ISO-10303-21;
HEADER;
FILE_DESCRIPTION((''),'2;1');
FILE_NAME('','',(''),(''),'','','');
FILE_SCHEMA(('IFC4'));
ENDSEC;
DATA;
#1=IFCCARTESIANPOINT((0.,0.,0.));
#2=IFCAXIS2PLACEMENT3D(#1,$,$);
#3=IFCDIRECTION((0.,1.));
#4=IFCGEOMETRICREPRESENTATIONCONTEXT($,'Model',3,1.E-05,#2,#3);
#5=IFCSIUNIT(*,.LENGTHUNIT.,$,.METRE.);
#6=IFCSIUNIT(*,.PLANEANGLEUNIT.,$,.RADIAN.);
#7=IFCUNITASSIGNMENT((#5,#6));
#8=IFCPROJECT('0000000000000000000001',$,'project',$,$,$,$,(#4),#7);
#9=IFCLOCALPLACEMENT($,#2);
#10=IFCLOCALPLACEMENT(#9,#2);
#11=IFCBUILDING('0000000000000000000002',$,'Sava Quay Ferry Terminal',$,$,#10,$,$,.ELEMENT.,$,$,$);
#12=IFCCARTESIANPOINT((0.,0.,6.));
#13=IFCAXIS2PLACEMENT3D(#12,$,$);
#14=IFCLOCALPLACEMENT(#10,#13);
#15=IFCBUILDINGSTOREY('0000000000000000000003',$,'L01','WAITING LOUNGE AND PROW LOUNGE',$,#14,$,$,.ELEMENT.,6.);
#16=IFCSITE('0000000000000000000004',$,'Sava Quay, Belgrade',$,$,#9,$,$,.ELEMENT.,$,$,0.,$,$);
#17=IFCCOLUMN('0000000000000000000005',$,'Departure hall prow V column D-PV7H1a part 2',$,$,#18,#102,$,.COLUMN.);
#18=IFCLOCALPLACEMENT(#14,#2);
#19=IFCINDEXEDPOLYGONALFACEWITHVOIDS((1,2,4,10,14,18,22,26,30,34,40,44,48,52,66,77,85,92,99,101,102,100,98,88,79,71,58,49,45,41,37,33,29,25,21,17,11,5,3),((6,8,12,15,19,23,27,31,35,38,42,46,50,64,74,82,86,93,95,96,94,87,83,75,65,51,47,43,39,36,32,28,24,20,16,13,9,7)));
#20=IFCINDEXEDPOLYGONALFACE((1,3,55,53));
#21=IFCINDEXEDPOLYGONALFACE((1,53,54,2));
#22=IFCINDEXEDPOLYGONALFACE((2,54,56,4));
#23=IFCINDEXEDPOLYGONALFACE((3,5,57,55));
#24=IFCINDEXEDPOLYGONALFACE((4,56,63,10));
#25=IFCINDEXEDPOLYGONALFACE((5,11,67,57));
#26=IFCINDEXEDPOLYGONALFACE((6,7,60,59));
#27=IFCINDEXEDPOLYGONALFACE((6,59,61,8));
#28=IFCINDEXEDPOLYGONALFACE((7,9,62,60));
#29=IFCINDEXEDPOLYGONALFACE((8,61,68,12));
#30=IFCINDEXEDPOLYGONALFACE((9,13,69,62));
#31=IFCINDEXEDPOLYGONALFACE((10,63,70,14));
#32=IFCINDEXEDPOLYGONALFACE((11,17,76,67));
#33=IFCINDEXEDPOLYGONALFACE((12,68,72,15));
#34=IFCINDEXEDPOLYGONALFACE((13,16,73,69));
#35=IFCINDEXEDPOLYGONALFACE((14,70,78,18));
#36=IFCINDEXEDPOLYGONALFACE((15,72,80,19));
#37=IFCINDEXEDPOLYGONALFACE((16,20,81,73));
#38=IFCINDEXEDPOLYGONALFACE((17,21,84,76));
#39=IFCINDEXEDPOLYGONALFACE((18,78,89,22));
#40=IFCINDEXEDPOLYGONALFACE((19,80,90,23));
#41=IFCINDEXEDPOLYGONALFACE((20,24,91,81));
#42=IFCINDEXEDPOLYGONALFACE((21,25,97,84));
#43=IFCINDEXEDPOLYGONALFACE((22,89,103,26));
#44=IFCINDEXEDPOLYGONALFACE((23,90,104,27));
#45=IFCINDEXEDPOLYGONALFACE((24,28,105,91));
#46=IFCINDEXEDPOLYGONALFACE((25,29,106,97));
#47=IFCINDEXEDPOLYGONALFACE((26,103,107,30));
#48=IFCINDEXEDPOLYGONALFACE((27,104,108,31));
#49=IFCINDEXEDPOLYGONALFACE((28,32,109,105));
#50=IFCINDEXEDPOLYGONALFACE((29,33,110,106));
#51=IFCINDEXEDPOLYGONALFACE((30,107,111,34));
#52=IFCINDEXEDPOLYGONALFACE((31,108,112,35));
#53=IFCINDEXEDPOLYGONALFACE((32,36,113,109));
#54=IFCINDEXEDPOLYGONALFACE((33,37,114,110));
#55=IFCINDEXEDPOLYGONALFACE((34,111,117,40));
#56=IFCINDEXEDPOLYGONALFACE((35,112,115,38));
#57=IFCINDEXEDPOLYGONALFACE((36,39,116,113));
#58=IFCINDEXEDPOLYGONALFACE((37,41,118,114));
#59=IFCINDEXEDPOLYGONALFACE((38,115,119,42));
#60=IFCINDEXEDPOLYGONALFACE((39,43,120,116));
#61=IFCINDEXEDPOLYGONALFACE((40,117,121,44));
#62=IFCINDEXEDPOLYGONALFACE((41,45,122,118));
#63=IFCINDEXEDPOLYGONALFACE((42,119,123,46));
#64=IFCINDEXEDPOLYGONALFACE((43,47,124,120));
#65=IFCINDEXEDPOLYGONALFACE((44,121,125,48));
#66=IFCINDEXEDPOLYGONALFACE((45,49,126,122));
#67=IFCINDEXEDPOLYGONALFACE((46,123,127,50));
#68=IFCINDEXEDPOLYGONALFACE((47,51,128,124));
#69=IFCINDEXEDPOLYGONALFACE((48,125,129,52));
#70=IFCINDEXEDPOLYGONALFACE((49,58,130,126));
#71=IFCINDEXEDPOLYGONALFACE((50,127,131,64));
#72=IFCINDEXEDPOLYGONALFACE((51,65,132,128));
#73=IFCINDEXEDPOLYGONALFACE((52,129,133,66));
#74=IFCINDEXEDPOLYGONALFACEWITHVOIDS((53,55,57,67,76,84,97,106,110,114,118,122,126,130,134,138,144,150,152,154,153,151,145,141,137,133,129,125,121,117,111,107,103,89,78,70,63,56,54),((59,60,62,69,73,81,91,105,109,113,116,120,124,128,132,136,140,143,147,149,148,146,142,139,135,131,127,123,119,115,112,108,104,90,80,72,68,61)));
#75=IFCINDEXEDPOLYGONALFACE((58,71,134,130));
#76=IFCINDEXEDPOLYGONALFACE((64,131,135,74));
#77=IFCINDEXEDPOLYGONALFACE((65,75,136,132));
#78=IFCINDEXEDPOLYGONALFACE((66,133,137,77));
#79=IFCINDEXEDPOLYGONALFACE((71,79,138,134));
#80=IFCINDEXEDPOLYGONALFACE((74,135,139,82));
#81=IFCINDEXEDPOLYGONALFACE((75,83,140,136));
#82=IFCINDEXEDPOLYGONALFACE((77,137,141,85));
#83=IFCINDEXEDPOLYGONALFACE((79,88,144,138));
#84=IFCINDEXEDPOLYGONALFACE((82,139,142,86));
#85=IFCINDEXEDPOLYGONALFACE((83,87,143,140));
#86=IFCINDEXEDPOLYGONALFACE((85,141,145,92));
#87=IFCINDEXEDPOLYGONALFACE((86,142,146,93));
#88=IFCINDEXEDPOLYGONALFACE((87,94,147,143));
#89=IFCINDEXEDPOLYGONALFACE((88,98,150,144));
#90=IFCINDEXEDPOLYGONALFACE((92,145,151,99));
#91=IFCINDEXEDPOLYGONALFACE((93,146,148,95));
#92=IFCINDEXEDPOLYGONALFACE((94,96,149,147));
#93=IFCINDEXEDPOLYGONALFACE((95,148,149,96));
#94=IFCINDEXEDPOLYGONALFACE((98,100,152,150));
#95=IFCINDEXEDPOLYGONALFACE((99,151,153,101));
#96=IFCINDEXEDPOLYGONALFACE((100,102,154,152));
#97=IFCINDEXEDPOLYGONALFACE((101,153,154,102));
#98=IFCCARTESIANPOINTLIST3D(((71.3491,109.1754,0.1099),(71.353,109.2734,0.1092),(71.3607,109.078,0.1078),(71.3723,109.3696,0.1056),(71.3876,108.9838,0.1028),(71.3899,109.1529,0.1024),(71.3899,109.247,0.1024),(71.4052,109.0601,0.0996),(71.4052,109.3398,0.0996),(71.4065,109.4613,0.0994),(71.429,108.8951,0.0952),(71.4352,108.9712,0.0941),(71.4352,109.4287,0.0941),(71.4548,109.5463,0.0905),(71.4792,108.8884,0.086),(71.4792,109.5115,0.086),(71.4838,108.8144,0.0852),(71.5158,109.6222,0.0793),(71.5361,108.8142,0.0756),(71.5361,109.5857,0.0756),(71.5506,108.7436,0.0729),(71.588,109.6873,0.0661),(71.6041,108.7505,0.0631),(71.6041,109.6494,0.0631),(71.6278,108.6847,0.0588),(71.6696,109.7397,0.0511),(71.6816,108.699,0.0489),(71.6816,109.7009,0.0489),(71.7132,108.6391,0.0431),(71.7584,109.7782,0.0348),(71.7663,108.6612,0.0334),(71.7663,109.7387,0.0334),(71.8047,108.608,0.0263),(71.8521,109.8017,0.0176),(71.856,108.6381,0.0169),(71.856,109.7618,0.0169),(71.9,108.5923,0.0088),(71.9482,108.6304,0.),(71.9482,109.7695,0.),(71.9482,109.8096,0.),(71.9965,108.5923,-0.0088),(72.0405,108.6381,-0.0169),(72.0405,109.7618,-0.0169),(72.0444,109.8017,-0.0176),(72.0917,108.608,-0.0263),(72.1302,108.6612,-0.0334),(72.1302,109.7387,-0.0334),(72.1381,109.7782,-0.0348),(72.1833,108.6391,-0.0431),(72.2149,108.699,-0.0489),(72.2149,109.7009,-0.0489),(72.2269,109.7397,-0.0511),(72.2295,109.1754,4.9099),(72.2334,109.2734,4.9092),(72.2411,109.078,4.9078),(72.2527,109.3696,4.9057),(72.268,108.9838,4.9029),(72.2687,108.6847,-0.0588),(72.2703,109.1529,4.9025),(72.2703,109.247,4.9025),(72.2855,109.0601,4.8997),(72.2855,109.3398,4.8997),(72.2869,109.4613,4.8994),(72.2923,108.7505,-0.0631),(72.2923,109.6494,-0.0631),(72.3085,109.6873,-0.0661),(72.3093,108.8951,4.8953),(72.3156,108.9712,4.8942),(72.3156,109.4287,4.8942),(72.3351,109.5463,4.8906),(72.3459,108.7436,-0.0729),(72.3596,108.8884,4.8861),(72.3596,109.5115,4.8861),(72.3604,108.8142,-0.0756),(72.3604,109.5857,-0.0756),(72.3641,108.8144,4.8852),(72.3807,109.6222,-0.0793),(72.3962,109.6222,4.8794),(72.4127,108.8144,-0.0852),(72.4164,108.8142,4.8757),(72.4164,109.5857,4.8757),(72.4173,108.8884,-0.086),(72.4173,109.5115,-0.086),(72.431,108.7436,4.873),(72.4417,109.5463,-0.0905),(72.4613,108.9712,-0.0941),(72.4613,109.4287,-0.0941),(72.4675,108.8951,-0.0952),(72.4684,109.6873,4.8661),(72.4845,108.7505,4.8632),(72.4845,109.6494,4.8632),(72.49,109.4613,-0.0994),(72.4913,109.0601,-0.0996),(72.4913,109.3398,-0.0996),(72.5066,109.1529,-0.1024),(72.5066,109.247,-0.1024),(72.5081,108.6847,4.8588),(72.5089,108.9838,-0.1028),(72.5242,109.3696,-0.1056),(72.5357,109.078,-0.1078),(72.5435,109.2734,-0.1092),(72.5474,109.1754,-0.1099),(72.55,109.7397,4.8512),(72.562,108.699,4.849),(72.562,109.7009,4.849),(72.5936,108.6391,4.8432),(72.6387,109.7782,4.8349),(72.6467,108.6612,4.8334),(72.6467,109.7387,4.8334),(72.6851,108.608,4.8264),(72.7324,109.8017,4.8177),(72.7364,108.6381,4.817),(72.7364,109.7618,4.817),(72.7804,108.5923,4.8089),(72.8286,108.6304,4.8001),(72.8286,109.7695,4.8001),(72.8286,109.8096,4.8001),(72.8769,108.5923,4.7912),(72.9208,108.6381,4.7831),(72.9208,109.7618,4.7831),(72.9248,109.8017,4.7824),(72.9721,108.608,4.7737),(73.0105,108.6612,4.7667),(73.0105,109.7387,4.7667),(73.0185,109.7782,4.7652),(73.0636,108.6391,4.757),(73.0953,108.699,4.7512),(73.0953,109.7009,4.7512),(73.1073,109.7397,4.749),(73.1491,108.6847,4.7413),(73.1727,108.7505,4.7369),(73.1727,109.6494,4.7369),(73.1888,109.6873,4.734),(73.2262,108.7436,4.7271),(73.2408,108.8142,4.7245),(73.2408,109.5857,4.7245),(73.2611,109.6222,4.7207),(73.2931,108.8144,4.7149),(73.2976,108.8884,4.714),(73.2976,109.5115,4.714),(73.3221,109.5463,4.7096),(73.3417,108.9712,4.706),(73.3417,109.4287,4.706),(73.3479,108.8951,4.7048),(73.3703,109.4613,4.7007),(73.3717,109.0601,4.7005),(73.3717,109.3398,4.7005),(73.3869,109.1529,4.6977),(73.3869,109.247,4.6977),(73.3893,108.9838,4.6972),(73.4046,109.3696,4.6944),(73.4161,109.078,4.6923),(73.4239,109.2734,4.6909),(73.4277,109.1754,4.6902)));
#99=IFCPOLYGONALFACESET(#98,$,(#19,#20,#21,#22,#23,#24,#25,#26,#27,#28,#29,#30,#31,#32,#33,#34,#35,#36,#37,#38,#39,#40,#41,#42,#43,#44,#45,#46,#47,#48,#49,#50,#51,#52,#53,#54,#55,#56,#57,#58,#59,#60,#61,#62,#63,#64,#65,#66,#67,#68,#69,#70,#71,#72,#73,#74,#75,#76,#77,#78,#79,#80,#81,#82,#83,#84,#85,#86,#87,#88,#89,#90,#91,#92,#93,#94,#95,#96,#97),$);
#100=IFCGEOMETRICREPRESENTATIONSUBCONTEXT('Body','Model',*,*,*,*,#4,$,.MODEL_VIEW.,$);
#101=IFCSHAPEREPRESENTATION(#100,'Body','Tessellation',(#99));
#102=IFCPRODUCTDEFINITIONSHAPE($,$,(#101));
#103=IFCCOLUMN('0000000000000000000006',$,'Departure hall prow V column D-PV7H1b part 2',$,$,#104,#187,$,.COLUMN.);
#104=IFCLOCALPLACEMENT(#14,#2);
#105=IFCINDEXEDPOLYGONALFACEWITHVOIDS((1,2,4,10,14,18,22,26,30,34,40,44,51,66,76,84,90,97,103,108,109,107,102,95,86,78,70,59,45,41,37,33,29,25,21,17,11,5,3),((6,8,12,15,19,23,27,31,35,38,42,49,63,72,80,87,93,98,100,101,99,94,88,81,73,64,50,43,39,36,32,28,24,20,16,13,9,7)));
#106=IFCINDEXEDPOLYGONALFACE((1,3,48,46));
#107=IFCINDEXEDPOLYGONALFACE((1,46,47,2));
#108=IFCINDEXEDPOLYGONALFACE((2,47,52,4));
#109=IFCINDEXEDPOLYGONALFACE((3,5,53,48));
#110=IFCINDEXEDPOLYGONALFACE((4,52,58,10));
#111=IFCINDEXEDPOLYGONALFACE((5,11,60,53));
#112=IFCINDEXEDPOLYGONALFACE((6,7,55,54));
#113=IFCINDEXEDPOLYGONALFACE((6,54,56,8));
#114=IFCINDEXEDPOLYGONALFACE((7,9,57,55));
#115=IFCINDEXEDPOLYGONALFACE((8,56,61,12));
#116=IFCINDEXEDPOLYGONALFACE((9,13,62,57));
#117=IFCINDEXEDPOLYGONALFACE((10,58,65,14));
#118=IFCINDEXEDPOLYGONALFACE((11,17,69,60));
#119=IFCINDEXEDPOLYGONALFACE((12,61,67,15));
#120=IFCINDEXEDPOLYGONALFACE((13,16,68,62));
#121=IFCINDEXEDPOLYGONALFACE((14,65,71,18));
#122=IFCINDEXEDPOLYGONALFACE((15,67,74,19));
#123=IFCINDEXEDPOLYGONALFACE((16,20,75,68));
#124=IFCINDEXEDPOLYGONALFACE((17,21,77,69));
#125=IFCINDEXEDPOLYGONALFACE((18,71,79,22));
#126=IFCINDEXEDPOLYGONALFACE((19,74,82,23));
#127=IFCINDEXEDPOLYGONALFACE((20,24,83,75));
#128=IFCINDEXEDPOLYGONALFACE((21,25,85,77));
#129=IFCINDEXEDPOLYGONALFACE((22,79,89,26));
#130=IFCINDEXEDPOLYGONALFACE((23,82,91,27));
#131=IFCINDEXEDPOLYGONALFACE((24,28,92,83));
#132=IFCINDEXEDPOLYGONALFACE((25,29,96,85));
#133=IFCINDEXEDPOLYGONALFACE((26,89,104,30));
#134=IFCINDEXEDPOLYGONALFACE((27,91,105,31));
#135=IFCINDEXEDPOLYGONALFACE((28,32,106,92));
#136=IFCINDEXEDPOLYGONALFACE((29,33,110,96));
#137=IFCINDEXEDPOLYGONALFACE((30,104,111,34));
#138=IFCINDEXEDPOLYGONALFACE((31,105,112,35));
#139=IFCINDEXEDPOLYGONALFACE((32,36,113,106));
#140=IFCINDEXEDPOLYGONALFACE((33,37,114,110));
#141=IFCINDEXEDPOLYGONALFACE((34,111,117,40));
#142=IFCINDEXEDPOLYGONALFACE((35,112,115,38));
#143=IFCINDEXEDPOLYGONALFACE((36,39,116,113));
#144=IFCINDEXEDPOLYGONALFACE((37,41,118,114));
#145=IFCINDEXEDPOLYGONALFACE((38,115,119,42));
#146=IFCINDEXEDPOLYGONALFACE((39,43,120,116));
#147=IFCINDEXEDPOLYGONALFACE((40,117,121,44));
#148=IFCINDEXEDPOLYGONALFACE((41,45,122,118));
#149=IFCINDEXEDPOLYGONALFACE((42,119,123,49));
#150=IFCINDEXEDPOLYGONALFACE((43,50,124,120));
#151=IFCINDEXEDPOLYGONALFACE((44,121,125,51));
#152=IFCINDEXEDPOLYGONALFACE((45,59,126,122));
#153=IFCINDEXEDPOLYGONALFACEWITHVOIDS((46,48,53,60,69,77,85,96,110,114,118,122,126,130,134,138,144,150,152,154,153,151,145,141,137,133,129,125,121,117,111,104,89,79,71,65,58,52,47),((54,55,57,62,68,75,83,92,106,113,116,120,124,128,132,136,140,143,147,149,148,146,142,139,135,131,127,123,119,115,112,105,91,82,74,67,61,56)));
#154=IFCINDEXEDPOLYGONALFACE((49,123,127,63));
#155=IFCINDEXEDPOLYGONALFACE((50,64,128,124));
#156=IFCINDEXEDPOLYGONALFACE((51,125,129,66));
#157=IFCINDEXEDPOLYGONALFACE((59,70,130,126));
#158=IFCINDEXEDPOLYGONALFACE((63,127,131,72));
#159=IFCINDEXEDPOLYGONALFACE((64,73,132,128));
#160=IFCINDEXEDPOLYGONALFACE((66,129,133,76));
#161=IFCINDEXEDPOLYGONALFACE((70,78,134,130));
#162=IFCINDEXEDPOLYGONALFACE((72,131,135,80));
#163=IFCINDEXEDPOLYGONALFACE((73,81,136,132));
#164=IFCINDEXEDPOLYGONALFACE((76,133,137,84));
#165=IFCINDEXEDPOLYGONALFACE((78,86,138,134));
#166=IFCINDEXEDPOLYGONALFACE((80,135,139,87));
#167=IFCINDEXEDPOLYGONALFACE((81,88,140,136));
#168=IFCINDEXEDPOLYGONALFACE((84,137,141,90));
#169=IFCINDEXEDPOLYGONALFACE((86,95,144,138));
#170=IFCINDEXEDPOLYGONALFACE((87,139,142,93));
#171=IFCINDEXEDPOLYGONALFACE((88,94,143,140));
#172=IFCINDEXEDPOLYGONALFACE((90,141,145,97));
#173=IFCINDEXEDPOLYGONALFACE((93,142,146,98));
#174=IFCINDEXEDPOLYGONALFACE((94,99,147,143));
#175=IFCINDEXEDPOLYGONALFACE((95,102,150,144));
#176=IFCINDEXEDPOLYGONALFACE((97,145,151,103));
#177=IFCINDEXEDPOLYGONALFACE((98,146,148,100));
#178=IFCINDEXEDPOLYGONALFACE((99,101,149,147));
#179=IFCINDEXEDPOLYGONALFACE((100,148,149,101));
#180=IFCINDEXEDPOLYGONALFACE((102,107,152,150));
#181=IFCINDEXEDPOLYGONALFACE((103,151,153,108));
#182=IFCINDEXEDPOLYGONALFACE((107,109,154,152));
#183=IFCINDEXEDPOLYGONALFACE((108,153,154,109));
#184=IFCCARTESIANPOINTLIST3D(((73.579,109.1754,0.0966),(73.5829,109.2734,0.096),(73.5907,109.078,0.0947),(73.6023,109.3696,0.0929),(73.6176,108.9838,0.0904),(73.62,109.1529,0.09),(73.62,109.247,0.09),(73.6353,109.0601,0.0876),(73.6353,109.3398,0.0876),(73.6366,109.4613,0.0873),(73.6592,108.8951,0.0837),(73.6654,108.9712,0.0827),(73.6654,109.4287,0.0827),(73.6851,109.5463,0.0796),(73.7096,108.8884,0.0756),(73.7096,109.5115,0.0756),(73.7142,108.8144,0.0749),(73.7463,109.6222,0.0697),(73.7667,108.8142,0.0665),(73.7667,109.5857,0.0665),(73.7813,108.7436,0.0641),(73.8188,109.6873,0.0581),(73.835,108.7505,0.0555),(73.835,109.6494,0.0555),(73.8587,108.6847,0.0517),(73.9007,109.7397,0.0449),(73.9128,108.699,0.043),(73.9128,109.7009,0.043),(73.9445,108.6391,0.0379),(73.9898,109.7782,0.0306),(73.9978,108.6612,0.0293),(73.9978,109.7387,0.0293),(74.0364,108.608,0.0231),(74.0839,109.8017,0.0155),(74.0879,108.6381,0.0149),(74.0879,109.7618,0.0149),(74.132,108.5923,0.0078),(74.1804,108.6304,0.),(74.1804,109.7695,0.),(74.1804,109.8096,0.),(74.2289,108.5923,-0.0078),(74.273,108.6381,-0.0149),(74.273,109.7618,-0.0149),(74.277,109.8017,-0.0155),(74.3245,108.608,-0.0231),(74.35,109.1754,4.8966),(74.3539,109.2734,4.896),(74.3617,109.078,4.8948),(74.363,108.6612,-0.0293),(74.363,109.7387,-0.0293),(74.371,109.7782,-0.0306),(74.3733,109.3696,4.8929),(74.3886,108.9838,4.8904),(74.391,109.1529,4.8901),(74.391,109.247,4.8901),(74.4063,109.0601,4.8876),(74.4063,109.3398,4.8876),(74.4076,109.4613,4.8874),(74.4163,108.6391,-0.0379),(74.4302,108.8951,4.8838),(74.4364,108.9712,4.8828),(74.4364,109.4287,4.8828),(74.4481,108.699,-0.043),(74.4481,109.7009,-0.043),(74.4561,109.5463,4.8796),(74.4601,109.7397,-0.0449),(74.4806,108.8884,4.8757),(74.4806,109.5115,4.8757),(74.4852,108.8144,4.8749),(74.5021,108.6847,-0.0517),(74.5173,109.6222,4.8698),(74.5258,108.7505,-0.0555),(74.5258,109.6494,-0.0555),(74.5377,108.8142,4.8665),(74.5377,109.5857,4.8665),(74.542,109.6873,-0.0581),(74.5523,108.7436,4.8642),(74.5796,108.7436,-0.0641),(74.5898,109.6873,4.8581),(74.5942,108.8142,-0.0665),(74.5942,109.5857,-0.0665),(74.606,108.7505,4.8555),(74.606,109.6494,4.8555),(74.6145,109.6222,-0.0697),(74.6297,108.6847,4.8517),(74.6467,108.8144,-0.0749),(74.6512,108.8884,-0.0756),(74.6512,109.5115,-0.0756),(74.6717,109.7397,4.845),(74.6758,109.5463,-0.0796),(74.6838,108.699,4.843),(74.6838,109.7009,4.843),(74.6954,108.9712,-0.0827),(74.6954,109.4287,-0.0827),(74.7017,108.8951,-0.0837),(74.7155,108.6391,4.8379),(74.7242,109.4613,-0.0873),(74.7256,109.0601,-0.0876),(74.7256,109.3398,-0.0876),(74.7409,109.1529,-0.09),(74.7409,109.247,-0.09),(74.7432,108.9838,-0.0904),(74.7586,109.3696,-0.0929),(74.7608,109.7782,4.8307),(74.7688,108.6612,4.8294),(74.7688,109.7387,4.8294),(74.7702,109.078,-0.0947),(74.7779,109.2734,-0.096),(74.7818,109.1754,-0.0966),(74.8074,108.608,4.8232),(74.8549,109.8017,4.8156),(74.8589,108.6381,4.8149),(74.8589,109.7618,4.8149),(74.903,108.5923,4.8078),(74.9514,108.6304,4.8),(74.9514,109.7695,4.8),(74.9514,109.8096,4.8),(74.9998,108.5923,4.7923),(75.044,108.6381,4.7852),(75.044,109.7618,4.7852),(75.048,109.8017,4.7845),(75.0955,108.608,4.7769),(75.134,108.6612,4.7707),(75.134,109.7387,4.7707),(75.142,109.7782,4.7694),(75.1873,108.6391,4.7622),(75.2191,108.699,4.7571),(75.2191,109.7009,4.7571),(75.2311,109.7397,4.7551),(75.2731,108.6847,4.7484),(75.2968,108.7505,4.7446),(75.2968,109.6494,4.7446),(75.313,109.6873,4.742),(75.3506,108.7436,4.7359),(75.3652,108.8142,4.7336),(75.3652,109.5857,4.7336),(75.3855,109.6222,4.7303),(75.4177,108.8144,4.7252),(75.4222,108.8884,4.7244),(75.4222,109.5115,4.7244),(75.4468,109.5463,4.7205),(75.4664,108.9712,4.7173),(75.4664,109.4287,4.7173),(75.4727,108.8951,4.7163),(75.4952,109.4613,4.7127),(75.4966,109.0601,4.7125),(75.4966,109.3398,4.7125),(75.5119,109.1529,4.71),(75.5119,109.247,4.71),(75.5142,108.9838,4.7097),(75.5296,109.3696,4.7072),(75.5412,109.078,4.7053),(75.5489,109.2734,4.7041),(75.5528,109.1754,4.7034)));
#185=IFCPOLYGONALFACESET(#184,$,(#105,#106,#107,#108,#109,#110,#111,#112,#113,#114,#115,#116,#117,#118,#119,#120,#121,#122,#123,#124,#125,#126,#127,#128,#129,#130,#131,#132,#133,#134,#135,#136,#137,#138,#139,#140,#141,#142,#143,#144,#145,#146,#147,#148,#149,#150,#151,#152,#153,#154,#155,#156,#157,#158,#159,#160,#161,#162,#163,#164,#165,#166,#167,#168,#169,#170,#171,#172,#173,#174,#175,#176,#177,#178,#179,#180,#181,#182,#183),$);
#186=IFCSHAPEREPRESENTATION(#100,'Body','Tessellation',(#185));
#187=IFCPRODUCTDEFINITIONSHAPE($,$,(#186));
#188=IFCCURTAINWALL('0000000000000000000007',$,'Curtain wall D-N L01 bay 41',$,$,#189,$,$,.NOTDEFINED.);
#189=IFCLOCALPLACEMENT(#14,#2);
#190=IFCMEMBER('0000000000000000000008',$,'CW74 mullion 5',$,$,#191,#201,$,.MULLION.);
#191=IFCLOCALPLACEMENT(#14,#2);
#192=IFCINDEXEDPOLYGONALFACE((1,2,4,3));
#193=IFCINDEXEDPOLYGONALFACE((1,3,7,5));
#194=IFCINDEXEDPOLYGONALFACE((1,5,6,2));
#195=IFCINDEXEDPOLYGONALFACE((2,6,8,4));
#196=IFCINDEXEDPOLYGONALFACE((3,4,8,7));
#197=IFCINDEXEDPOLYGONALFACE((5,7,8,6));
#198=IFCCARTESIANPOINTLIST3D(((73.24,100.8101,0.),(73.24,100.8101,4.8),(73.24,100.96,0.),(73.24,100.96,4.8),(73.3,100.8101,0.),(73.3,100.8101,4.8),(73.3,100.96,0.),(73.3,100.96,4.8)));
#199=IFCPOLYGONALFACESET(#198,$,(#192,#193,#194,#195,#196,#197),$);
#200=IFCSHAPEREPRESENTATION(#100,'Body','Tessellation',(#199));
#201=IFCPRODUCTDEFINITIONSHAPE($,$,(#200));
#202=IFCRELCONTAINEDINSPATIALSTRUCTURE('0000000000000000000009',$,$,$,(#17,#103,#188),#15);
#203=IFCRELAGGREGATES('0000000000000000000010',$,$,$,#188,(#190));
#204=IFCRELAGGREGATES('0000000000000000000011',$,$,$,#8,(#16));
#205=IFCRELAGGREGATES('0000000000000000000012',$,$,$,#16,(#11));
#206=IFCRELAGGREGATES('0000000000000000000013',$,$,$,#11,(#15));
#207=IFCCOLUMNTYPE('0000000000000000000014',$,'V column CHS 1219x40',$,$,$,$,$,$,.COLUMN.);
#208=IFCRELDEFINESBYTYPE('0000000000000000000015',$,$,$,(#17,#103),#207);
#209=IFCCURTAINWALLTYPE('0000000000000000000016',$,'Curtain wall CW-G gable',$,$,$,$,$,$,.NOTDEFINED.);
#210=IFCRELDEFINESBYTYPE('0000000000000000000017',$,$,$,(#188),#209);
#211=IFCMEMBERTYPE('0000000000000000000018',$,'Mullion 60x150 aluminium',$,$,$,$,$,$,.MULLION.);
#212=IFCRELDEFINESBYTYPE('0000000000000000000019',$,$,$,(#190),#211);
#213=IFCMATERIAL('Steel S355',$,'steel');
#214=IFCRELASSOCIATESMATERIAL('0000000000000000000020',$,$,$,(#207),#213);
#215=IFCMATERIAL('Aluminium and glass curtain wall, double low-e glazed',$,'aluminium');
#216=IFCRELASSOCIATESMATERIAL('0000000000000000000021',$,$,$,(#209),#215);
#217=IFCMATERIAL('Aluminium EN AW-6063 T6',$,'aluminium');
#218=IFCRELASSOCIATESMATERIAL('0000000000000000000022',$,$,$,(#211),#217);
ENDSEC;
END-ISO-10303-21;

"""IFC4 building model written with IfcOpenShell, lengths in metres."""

from ifc_helpers import new_model, si_unit, direction, frame, origin, origin_2d, place, context, subcontext, project, spatial, rectangle, hollow_circle, extrude, material, material_profile, profile_set, type_object, element, aggregate, save


model = new_model("IFC4")

# Units and contexts
model_context = context("Model", 3, precision=1e-05, world=origin(), true_north=direction((0.0, 1.0)))
body_context = subcontext(model_context, "Body", "Model", "MODEL_VIEW")
ifc_project = project(units=[si_unit("LENGTHUNIT", "METRE"), si_unit("PLANEANGLEUNIT", "RADIAN")], contexts=[model_context])

# Site, building, storey
site_placement = place(None, origin())
site = spatial("IfcSite", under=ifc_project, at=site_placement, Name="Sava Quay, Belgrade", CompositionType="ELEMENT", RefElevation=0.0)
building_placement = place(site_placement, origin())
building = spatial("IfcBuilding", under=site, at=building_placement, Name="Sava Quay Ferry Terminal", CompositionType="ELEMENT")
storey_placement = place(building_placement, frame((0.0, 0.0, 6.0)))
storey = spatial("IfcBuildingStorey", under=building, at=storey_placement, Name="L01", Description="WAITING LOUNGE AND PROW LOUNGE", CompositionType="ELEMENT", Elevation=6.0)

# Columns
ifc_material_1 = material(Name="Steel S355", Category="steel")
ifc_material_profile_1 = material_profile(ifc_material_1, hollow_circle(Radius=0.6096, WallThickness=0.04, at=origin_2d()), Name="CHS 1219 x 40.0")
ifc_profile_set_1 = profile_set([ifc_material_profile_1], Name="Steel S355")
column_type = type_object("IfcColumnType", Name="V column CHS 1219x40", PredefinedType="COLUMN", material=ifc_profile_set_1)
column_1_placement = place(storey_placement, frame((71.9482, 109.2, 0.0), z_axis=(0.1804, 0.0, 0.983593), x_axis=(0.0, 1.0, 0.0)))
element("IfcColumn", 1, at=column_1_placement, inside=storey, type_object=column_type, Name="Departure hall prow V column D-PV7H1a part 2", PredefinedType="COLUMN", context=body_context, shape_type="SweptSolid", body=[
    extrude(hollow_circle(Radius=0.6096, WallThickness=0.04, at=origin_2d()), origin(), (0.0, 0.0, 1.0), 4.8801),
])
column_2_placement = place(storey_placement, frame((74.1804, 109.2, 0.0), z_axis=(0.15859, 0.0, 0.987345), x_axis=(0.0, 1.0, 0.0)))
element("IfcColumn", 2, at=column_2_placement, inside=storey, type_object=column_type, Name="Departure hall prow V column D-PV7H1b part 2", PredefinedType="COLUMN", context=body_context, shape_type="SweptSolid", body=[
    extrude(hollow_circle(Radius=0.6096, WallThickness=0.04, at=origin_2d()), origin(), (0.0, 0.0, 1.0), 4.8616),
])

# Curtain wall, member
ifc_material_2 = material(Name="Aluminium and glass curtain wall, double low-e glazed", Category="aluminium")
curtain_wall_type = type_object("IfcCurtainWallType", Name="Curtain wall CW-G gable", PredefinedType="NOTDEFINED", material=ifc_material_2)
curtain_wall_1_placement = place(storey_placement, origin())
curtain_wall_1 = element("IfcCurtainWall", 3, at=curtain_wall_1_placement, inside=storey, type_object=curtain_wall_type, Name="Curtain wall D-N L01 bay 41", PredefinedType="NOTDEFINED")
ifc_material_3 = material(Name="Aluminium EN AW-6063 T6", Category="aluminium")
ifc_material_profile_2 = material_profile(ifc_material_3, rectangle(XDim=0.1499, YDim=0.0601, at=origin_2d()), Name="Mullion 60x150 aluminium")
ifc_profile_set_2 = profile_set([ifc_material_profile_2], Name="Aluminium EN AW-6063 T6")
member_type_1 = type_object("IfcMemberType", Name="Mullion 60x150 aluminium", PredefinedType="MULLION", material=ifc_profile_set_2)
member_1_placement = place(storey_placement, frame((73.27, 100.885, 0.0), z_axis=(0.0, 0.0, 1.0), x_axis=(0.0, 1.0, 0.0)))
member_1 = element("IfcMember", 4, at=member_1_placement, type_object=member_type_1, Name="CW74 mullion 5", PredefinedType="MULLION", context=body_context, shape_type="SweptSolid", body=[
    extrude(rectangle(XDim=0.1499, YDim=0.0601, at=origin_2d()), origin(), (0.0, 0.0, 1.0), 4.8),
])
aggregate(curtain_wall_1, [member_1])

save(model, "model.ifc")
